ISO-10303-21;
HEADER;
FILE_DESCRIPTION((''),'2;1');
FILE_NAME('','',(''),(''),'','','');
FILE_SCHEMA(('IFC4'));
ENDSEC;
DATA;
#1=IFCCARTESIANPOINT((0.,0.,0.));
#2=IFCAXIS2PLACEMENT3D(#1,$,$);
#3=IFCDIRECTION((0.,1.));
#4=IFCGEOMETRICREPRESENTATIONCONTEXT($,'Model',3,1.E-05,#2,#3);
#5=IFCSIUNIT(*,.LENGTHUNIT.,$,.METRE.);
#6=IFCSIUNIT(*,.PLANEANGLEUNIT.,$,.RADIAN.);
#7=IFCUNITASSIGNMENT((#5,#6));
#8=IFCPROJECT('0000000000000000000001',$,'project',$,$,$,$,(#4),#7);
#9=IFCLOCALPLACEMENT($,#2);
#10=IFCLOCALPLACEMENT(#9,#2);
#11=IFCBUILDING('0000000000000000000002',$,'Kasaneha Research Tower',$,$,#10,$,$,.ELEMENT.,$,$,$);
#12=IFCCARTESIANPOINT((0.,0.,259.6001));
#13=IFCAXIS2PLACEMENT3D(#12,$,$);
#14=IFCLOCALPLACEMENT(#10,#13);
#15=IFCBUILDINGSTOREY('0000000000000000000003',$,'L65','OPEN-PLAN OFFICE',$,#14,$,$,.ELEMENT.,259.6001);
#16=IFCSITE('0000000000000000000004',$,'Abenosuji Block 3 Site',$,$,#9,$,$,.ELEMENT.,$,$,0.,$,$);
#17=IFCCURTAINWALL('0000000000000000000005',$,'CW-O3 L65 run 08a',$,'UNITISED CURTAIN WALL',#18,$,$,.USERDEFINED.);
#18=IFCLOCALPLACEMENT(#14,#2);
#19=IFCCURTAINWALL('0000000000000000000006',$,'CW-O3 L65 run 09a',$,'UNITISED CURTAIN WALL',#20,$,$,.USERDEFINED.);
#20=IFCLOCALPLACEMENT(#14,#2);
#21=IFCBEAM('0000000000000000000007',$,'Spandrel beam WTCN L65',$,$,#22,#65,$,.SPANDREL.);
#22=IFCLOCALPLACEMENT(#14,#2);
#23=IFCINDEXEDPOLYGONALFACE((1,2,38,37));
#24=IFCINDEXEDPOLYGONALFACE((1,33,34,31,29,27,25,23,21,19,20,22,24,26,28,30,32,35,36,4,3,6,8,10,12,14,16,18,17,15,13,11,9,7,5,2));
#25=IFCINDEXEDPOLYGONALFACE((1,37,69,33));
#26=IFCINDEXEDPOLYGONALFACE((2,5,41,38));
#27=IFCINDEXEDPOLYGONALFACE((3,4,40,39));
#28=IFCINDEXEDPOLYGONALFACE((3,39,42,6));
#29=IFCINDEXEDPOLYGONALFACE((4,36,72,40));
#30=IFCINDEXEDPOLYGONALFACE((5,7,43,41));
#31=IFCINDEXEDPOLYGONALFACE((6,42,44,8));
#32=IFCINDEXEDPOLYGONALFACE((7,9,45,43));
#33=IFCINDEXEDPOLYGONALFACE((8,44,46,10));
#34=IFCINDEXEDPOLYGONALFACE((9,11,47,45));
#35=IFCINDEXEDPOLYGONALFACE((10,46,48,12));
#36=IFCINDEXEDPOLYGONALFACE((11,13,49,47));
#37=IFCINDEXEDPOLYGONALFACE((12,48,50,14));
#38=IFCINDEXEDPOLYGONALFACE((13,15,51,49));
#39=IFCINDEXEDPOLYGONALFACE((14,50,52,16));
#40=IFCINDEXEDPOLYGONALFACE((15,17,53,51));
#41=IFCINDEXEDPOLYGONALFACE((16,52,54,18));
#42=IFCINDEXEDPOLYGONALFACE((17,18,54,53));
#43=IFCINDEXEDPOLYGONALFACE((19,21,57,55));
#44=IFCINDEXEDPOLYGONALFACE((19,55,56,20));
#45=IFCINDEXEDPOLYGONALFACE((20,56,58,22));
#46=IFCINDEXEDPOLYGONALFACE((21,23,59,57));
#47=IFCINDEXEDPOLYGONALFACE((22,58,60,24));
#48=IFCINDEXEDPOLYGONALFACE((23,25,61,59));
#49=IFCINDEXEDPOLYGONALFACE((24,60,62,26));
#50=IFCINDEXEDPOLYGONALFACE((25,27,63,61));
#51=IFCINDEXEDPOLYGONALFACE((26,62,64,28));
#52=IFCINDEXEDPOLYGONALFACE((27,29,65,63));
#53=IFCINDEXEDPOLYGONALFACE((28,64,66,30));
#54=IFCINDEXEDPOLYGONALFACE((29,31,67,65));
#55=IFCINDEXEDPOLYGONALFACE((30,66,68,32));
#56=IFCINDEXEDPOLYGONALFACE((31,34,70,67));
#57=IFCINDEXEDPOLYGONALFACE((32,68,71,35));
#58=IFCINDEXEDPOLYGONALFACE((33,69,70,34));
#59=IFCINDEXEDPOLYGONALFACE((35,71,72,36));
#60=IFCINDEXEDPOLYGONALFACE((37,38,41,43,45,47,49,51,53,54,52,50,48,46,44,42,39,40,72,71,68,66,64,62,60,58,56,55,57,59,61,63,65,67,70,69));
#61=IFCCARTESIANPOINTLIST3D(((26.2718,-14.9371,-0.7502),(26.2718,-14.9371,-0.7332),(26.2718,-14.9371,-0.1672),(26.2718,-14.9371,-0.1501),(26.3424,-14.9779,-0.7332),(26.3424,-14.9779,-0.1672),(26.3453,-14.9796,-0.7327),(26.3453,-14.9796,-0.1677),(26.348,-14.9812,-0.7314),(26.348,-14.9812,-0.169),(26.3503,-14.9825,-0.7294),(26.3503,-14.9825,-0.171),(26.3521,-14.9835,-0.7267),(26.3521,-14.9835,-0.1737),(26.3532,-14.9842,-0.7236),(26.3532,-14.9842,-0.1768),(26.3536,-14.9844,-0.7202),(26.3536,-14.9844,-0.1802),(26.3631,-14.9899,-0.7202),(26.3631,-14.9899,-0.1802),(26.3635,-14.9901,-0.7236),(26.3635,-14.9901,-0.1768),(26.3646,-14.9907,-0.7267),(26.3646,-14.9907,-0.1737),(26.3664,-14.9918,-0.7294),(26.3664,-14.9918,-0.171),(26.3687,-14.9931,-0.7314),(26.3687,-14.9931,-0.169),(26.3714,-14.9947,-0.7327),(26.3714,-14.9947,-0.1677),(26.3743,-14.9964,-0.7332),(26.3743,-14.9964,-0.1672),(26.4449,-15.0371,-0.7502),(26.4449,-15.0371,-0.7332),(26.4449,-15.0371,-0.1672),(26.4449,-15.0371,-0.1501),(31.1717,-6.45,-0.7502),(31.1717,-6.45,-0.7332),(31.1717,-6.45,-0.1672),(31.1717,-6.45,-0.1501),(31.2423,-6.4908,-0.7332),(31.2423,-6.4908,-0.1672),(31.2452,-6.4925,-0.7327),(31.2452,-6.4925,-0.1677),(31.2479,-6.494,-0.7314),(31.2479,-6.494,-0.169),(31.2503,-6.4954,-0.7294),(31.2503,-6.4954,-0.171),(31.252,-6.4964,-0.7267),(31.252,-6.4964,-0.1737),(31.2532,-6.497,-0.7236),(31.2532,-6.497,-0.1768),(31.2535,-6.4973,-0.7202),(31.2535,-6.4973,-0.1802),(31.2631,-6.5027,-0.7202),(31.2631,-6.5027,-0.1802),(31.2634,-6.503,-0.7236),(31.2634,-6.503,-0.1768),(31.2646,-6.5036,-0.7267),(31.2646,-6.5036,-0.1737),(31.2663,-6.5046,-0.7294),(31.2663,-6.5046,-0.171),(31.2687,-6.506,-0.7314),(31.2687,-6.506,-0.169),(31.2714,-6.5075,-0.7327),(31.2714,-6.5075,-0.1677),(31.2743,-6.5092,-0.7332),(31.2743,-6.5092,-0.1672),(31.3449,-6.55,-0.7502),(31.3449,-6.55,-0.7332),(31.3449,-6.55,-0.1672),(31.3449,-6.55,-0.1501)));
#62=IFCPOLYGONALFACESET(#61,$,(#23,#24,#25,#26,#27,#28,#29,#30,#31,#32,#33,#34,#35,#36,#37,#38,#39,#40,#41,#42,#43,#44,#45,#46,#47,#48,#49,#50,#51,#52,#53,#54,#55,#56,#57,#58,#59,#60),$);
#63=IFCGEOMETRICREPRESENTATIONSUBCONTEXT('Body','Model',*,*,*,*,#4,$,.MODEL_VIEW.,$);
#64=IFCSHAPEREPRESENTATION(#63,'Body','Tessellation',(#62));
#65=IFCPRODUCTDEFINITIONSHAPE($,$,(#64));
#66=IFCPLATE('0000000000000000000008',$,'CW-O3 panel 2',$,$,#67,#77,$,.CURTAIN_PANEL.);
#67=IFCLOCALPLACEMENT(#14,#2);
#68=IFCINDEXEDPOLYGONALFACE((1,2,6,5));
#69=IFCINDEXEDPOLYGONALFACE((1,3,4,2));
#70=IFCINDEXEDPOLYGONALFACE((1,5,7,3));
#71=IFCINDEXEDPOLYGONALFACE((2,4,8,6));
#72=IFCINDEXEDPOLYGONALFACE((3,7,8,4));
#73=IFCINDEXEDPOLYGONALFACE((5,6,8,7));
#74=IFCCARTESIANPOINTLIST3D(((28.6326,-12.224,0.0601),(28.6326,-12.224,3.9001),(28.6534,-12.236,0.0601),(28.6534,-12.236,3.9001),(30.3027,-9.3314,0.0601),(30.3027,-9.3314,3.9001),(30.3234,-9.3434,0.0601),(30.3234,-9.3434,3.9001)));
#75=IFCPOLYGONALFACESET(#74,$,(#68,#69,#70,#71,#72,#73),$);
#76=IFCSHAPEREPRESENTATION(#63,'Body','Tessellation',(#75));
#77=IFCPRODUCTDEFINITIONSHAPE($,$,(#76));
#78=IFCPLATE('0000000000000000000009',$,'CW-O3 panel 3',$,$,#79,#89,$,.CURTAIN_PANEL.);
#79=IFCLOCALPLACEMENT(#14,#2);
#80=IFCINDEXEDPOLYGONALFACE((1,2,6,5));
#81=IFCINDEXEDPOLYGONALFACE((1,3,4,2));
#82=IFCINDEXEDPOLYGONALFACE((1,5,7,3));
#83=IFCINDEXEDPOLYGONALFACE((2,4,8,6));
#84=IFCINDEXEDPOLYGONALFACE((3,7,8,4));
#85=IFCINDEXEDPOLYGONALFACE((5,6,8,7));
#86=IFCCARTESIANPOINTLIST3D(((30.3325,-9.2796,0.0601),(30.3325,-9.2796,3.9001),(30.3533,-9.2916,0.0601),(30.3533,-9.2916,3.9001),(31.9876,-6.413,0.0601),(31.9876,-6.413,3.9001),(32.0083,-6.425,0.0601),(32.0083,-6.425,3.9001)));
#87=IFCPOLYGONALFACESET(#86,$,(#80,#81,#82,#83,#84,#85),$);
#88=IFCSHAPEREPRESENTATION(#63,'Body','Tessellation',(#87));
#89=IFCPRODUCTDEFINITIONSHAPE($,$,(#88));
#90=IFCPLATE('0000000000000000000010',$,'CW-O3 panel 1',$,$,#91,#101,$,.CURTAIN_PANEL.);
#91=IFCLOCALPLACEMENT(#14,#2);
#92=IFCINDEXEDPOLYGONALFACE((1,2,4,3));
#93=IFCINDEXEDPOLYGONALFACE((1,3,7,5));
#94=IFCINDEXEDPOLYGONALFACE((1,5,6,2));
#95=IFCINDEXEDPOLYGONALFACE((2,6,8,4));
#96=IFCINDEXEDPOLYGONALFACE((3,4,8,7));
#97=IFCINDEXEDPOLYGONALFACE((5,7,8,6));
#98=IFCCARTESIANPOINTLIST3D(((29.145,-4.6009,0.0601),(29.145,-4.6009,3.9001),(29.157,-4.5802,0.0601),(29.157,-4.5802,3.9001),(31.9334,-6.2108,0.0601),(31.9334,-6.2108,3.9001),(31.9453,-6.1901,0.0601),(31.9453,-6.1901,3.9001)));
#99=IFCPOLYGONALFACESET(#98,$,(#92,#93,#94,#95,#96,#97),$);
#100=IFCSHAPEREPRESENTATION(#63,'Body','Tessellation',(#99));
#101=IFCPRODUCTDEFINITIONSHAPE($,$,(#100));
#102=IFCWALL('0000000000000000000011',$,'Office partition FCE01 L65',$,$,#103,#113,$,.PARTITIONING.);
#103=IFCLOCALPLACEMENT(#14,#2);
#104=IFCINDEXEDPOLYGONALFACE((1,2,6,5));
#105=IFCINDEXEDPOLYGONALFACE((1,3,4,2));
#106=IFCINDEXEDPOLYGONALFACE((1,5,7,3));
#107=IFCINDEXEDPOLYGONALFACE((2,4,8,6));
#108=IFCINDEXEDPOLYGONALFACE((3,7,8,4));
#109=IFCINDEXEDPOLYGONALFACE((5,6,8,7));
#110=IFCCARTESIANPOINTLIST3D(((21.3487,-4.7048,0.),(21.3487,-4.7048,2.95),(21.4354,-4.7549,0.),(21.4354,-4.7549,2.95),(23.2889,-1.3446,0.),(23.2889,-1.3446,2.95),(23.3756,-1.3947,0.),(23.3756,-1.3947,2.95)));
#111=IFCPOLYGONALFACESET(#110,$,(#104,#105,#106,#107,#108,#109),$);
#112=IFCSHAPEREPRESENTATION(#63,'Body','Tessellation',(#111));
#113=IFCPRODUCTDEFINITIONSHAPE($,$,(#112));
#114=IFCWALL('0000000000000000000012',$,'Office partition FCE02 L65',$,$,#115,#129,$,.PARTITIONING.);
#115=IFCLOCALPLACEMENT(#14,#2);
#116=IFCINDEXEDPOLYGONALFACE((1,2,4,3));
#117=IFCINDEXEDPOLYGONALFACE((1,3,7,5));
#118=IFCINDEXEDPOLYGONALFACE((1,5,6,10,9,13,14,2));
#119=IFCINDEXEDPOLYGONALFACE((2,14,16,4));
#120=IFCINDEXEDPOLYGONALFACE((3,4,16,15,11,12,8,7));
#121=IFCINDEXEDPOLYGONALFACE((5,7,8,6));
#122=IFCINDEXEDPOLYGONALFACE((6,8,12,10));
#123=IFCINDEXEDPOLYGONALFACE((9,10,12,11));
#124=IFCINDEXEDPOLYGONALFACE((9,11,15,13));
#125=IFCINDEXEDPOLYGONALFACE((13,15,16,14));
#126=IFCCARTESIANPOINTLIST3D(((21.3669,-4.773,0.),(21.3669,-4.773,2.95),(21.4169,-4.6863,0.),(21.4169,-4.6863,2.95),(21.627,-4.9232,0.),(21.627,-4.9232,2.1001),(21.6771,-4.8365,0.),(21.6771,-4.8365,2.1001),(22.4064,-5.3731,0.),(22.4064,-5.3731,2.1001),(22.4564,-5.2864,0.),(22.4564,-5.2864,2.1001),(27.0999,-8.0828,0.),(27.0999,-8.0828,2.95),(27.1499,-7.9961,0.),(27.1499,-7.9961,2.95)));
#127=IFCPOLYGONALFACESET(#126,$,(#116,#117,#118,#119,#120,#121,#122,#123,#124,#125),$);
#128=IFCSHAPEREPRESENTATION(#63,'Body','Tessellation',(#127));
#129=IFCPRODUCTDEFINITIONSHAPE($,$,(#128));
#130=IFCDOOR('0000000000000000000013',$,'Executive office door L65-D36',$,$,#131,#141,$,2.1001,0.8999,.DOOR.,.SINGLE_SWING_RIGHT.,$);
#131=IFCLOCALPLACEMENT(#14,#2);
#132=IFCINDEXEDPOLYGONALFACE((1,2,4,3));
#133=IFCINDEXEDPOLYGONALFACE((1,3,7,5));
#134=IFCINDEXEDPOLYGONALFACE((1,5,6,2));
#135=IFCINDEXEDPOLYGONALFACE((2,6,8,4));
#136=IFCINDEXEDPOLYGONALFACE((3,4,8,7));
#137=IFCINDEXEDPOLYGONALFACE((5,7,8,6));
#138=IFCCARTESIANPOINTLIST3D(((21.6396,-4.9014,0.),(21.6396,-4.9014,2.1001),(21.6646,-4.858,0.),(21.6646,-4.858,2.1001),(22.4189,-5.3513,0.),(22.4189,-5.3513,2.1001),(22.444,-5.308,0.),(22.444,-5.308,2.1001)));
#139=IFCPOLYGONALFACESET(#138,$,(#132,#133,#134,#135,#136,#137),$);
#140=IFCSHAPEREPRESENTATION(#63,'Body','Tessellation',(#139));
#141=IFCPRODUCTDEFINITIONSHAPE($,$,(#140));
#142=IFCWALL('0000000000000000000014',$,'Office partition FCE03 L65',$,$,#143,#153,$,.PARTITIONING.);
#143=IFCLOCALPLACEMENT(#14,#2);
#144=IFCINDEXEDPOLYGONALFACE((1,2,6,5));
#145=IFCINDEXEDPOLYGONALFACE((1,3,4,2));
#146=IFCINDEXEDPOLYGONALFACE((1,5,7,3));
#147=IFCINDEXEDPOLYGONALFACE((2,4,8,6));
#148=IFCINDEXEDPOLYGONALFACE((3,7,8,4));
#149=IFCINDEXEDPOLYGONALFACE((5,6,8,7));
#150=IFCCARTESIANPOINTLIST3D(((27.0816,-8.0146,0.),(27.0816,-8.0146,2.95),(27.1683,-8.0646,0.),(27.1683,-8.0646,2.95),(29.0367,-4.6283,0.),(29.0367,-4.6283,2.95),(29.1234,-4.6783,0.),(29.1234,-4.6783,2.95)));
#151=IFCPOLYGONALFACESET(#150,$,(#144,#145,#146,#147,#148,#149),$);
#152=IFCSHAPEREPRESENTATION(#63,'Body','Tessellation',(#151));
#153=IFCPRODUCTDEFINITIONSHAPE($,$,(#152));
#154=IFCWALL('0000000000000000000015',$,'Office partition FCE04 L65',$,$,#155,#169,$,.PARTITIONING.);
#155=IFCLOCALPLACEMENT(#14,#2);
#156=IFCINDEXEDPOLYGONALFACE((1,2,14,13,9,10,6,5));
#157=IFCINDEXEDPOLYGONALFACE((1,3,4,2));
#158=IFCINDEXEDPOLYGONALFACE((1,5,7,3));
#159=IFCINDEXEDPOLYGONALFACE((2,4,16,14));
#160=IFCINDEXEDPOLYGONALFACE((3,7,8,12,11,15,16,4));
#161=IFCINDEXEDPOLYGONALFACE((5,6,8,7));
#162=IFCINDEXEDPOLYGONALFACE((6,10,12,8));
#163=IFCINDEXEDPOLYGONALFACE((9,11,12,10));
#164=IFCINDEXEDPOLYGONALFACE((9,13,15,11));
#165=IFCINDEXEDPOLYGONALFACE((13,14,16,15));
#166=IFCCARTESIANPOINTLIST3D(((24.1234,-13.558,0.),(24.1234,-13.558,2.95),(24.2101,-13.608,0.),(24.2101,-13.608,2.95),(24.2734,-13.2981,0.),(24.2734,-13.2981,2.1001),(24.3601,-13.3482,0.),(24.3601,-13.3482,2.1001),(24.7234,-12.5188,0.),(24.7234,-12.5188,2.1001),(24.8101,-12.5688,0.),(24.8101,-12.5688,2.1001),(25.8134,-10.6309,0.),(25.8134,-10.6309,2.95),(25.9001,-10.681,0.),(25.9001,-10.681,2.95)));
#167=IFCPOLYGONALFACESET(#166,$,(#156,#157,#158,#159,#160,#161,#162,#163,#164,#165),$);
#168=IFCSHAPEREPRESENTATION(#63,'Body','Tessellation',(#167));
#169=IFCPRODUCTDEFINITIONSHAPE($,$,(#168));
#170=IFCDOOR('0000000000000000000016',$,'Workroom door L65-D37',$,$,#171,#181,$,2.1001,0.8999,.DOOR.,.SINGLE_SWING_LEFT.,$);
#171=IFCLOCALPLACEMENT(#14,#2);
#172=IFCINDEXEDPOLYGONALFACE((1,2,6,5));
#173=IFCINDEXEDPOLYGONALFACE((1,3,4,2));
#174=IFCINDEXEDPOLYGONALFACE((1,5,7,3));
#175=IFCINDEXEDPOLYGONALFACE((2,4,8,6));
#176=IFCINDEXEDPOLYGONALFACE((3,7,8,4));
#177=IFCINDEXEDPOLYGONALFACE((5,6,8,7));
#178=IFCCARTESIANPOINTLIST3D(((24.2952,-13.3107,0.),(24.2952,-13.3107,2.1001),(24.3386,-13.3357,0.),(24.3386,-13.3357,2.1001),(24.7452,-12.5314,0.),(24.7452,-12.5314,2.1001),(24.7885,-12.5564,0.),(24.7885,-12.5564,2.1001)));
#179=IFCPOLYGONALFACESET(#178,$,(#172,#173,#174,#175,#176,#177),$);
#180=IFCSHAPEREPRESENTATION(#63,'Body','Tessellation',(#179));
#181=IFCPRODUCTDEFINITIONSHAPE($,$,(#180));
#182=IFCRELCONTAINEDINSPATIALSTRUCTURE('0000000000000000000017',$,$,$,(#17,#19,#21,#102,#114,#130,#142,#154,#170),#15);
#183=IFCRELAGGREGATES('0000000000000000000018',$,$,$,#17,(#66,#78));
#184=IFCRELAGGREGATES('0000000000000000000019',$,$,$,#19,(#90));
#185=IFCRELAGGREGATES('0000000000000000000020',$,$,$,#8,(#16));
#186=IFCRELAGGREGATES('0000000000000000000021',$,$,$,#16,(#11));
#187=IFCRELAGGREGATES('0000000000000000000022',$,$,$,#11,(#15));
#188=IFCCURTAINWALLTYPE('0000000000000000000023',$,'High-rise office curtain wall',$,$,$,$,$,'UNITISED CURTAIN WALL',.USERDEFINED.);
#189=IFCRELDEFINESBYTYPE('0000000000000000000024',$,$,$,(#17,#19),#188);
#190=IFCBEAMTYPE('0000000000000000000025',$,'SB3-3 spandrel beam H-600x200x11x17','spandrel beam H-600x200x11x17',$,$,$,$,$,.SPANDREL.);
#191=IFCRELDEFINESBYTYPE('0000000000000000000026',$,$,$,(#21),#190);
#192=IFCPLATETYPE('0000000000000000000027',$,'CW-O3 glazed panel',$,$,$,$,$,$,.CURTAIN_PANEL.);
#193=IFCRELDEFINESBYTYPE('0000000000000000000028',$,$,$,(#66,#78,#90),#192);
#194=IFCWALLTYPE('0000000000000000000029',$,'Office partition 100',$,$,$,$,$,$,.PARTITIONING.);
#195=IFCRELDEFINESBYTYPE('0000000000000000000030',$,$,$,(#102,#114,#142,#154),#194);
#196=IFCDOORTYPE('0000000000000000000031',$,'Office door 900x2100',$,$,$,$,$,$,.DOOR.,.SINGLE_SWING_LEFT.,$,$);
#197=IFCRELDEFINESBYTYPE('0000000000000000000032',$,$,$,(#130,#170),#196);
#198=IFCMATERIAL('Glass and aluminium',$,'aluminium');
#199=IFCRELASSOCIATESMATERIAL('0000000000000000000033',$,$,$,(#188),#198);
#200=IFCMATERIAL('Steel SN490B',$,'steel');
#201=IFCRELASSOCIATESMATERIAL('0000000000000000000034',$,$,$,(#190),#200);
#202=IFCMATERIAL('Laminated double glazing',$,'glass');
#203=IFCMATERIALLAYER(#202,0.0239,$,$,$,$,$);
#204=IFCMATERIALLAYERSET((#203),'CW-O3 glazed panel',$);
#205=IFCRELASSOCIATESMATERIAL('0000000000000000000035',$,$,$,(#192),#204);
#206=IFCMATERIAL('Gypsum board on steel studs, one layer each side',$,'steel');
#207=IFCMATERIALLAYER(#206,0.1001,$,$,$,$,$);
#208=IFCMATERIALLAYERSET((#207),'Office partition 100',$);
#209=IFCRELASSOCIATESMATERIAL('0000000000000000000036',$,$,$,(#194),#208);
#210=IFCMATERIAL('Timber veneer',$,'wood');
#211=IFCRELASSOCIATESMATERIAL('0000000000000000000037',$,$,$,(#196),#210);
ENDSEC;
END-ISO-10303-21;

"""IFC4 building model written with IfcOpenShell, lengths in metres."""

from ifc_helpers import new_model, si_unit, direction, frame, frame_2d, origin, origin_2d, place, context, subcontext, project, spatial, rectangle, i_section, extrude, material, layer, layer_set, material_profile, profile_set, type_object, element, fill, aggregate, save


model = new_model("IFC4")

# Units and contexts
model_context = context("Model", 3, precision=1e-05, world=origin(), true_north=direction((0.0, 1.0)))
body_context = subcontext(model_context, "Body", "Model", "MODEL_VIEW")
ifc_project = project(units=[si_unit("LENGTHUNIT", "METRE"), si_unit("PLANEANGLEUNIT", "RADIAN")], contexts=[model_context])

# Site, building, storey
site_placement = place(None, origin())
site = spatial("IfcSite", under=ifc_project, at=site_placement, Name="Abenosuji Block 3 Site", CompositionType="ELEMENT", RefElevation=0.0)
building_placement = place(site_placement, origin())
building = spatial("IfcBuilding", under=site, at=building_placement, Name="Kasaneha Research Tower", CompositionType="ELEMENT")
storey_placement = place(building_placement, frame((0.0, 0.0, 259.6001)))
storey = spatial("IfcBuildingStorey", under=building, at=storey_placement, Name="L65", Description="OPEN-PLAN OFFICE", CompositionType="ELEMENT", Elevation=259.6001)

# Curtain walls
ifc_material_1 = material(Name="Glass and aluminium", Category="aluminium")
curtain_wall_type = type_object("IfcCurtainWallType", Name="High-rise office curtain wall", ElementType="UNITISED CURTAIN WALL", PredefinedType="USERDEFINED", material=ifc_material_1)
curtain_wall_1_placement = place(storey_placement, origin())
curtain_wall_1 = element("IfcCurtainWall", 1, at=curtain_wall_1_placement, inside=storey, type_object=curtain_wall_type, Name="CW-O3 L65 run 08a", ObjectType="UNITISED CURTAIN WALL", PredefinedType="USERDEFINED")
curtain_wall_2_placement = place(storey_placement, origin())
curtain_wall_2 = element("IfcCurtainWall", 2, at=curtain_wall_2_placement, inside=storey, type_object=curtain_wall_type, Name="CW-O3 L65 run 09a", ObjectType="UNITISED CURTAIN WALL", PredefinedType="USERDEFINED")

# Beam
ifc_material_2 = material(Name="Steel SN490B", Category="steel")
ifc_material_profile_1 = material_profile(ifc_material_2, i_section(OverallWidth=0.2, OverallDepth=0.6001, WebThickness=0.011, FlangeThickness=0.0171, FilletRadius=0.0129, at=origin_2d()), Name="H-600x200x11x17")
ifc_profile_set_1 = profile_set([ifc_material_profile_1], Name="Steel SN490B")
beam_type_1 = type_object("IfcBeamType", Name="SB3-3 spandrel beam H-600x200x11x17", Description="spandrel beam H-600x200x11x17", PredefinedType="SPANDREL", material=ifc_profile_set_1)
beam_1_placement = place(storey_placement, frame((31.2583, -6.5, -0.4502), z_axis=(-0.499992, -0.86603, 0.0), x_axis=(0.86603, -0.499992, 0.0)))
element("IfcBeam", 3, at=beam_1_placement, inside=storey, type_object=beam_type_1, Name="Spandrel beam WTCN L65", PredefinedType="SPANDREL", context=body_context, shape_type="SweptSolid", body=[
    extrude(i_section(OverallWidth=0.2, OverallDepth=0.6001, WebThickness=0.011, FlangeThickness=0.0171, FilletRadius=0.0129, at=origin_2d()), origin(), (0.0, 0.0, 1.0), 9.8),
])

# Plates
ifc_material_3 = material(Name="Laminated double glazing", Category="glass")
ifc_layer_1 = layer(ifc_material_3, 0.0239)
ifc_layer_set_1 = layer_set([ifc_layer_1], Name="CW-O3 glazed panel")
plate_type = type_object("IfcPlateType", Name="CW-O3 glazed panel", PredefinedType="CURTAIN_PANEL", material=ifc_layer_set_1)
plate_1_placement = place(storey_placement, frame((29.478, -10.7837, 0.0601), z_axis=(0.0, 0.0, 1.0), x_axis=(0.5, 0.866025, 0.0)))
plate_1 = element("IfcPlate", 4, at=plate_1_placement, type_object=plate_type, Name="CW-O3 panel 2", PredefinedType="CURTAIN_PANEL", context=body_context, shape_type="SweptSolid", body=[
    extrude(rectangle(XDim=3.3401, YDim=0.0239, at=origin_2d()), origin(), (0.0, 0.0, 1.0), 3.8401),
])
plate_2_placement = place(storey_placement, frame((31.1704, -7.8523, 0.0601), z_axis=(0.0, 0.0, 1.0), x_axis=(0.5, 0.866025, 0.0)))
plate_2 = element("IfcPlate", 5, at=plate_2_placement, type_object=plate_type, Name="CW-O3 panel 3", PredefinedType="CURTAIN_PANEL", context=body_context, shape_type="SweptSolid", body=[
    extrude(rectangle(XDim=3.3101, YDim=0.0239, at=origin_2d()), origin(), (0.0, 0.0, 1.0), 3.8401),
])
aggregate(curtain_wall_1, [plate_1, plate_2])
plate_3_placement = place(storey_placement, frame((30.5452, -5.3955, 0.0601), z_axis=(0.0, 0.0, 1.0), x_axis=(-0.866025, 0.5, 0.0)))
plate_3 = element("IfcPlate", 6, at=plate_3_placement, type_object=plate_type, Name="CW-O3 panel 1", PredefinedType="CURTAIN_PANEL", context=body_context, shape_type="SweptSolid", body=[
    extrude(rectangle(XDim=3.2197, YDim=0.0239, at=origin_2d()), origin(), (0.0, 0.0, 1.0), 3.8401),
])
aggregate(curtain_wall_2, [plate_3])

# Wall
ifc_material_4 = material(Name="Gypsum board on steel studs, one layer each side", Category="steel")
ifc_layer_2 = layer(ifc_material_4, 0.1001)
ifc_layer_set_2 = layer_set([ifc_layer_2], Name="Office partition 100")
wall_type = type_object("IfcWallType", Name="Office partition 100", PredefinedType="PARTITIONING", material=ifc_layer_set_2)
wall_1_placement = place(storey_placement, frame((21.3921, -4.7297, 0.0), z_axis=(0.0, 0.0, 1.0), x_axis=(0.500044, 0.866, 0.0)))
element("IfcWall", 7, at=wall_1_placement, inside=storey, type_object=wall_type, Name="Office partition FCE01 L65", PredefinedType="PARTITIONING", context=body_context, shape_type="SweptSolid", body=[
    extrude(rectangle(XDim=3.8801, YDim=0.1001, at=frame_2d((1.9399, 0.0))), origin(), (0.0, 0.0, 1.0), 2.95),
])

# Wall, opening, door
wall_2_placement = place(storey_placement, frame((27.125, -8.0396, 0.0), z_axis=(0.0, 0.0, 1.0), x_axis=(-0.866031, 0.499991, 0.0)))
wall_2 = element("IfcWall", 8, at=wall_2_placement, inside=storey, type_object=wall_type, Name="Office partition FCE02 L65", PredefinedType="PARTITIONING", context=body_context, shape_type="SweptSolid", body=[
    extrude(rectangle(XDim=6.6199, YDim=0.1001, at=frame_2d((3.3101, 0.0))), origin(), (0.0, 0.0, 1.0), 2.95),
])
opening_1_placement = place(wall_2_placement, frame((5.4197, 0.0, 0.0)))
opening_1 = element("IfcOpeningElement", 9, at=opening_1_placement, cuts=wall_2, PredefinedType="OPENING", context=body_context, shape_type="SweptSolid", body=[
    extrude(rectangle(XDim=0.8999, YDim=2.1001, at=frame_2d((0.45, 1.05))), frame((0.0, 0.0601, 0.0), z_axis=(0.0, -1.0, 0.0), x_axis=(1.0, 0.0, 0.0)), (0.0, 0.0, 1.0), 0.1201),
])
ifc_material_5 = material(Name="Timber veneer", Category="wood")
door_type = type_object("IfcDoorType", Name="Office door 900x2100", OperationType="SINGLE_SWING_LEFT", PredefinedType="DOOR", material=ifc_material_5)
door_1_placement = place(opening_1_placement, origin())
door_1 = element("IfcDoor", 10, at=door_1_placement, inside=storey, type_object=door_type, Name="Executive office door L65-D36", OperationType="SINGLE_SWING_RIGHT", OverallHeight=2.1001, OverallWidth=0.8999, PredefinedType="DOOR", context=body_context, shape_type="SweptSolid", body=[
    extrude(rectangle(XDim=0.8999, YDim=2.1001, at=frame_2d((0.45, 1.05))), frame((0.0, 0.0249, 0.0), z_axis=(0.0, -1.0, 0.0), x_axis=(1.0, 0.0, 0.0)), (0.0, 0.0, 1.0), 0.05),
])
fill(opening_1, door_1)

# Wall
wall_3_placement = place(storey_placement, frame((29.0801, -4.6533, 0.0), z_axis=(0.0, 0.0, 1.0), x_axis=(-0.500007, -0.866021, 0.0)))
element("IfcWall", 11, at=wall_3_placement, inside=storey, type_object=wall_type, Name="Office partition FCE03 L65", PredefinedType="PARTITIONING", context=body_context, shape_type="SweptSolid", body=[
    extrude(rectangle(XDim=3.9102, YDim=0.1001, at=frame_2d((1.9551, 0.0))), origin(), (0.0, 0.0, 1.0), 2.95),
])

# Wall, opening, door
wall_4_placement = place(storey_placement, frame((24.1667, -13.583, 0.0), z_axis=(0.0, 0.0, 1.0), x_axis=(0.500008, 0.866021, 0.0)))
wall_4 = element("IfcWall", 12, at=wall_4_placement, inside=storey, type_object=wall_type, Name="Office partition FCE04 L65", PredefinedType="PARTITIONING", context=body_context, shape_type="SweptSolid", body=[
    extrude(rectangle(XDim=3.3799, YDim=0.1001, at=frame_2d((1.6899, 0.0))), origin(), (0.0, 0.0, 1.0), 2.95),
])
opening_2_placement = place(wall_4_placement, frame((0.3, 0.0, 0.0)))
opening_2 = element("IfcOpeningElement", 13, at=opening_2_placement, cuts=wall_4, PredefinedType="OPENING", context=body_context, shape_type="SweptSolid", body=[
    extrude(rectangle(XDim=0.8999, YDim=2.1001, at=frame_2d((0.45, 1.05))), frame((0.0, 0.0601, 0.0), z_axis=(0.0, -1.0, 0.0), x_axis=(1.0, 0.0, 0.0)), (0.0, 0.0, 1.0), 0.1201),
])
door_2_placement = place(opening_2_placement, origin())
door_2 = element("IfcDoor", 14, at=door_2_placement, inside=storey, type_object=door_type, Name="Workroom door L65-D37", OperationType="SINGLE_SWING_LEFT", OverallHeight=2.1001, OverallWidth=0.8999, PredefinedType="DOOR", context=body_context, shape_type="SweptSolid", body=[
    extrude(rectangle(XDim=0.8999, YDim=2.1001, at=frame_2d((0.45, 1.05))), frame((0.0, 0.0249, 0.0), z_axis=(0.0, -1.0, 0.0), x_axis=(1.0, 0.0, 0.0)), (0.0, 0.0, 1.0), 0.05),
])
fill(opening_2, door_2)

save(model, "model.ifc")
